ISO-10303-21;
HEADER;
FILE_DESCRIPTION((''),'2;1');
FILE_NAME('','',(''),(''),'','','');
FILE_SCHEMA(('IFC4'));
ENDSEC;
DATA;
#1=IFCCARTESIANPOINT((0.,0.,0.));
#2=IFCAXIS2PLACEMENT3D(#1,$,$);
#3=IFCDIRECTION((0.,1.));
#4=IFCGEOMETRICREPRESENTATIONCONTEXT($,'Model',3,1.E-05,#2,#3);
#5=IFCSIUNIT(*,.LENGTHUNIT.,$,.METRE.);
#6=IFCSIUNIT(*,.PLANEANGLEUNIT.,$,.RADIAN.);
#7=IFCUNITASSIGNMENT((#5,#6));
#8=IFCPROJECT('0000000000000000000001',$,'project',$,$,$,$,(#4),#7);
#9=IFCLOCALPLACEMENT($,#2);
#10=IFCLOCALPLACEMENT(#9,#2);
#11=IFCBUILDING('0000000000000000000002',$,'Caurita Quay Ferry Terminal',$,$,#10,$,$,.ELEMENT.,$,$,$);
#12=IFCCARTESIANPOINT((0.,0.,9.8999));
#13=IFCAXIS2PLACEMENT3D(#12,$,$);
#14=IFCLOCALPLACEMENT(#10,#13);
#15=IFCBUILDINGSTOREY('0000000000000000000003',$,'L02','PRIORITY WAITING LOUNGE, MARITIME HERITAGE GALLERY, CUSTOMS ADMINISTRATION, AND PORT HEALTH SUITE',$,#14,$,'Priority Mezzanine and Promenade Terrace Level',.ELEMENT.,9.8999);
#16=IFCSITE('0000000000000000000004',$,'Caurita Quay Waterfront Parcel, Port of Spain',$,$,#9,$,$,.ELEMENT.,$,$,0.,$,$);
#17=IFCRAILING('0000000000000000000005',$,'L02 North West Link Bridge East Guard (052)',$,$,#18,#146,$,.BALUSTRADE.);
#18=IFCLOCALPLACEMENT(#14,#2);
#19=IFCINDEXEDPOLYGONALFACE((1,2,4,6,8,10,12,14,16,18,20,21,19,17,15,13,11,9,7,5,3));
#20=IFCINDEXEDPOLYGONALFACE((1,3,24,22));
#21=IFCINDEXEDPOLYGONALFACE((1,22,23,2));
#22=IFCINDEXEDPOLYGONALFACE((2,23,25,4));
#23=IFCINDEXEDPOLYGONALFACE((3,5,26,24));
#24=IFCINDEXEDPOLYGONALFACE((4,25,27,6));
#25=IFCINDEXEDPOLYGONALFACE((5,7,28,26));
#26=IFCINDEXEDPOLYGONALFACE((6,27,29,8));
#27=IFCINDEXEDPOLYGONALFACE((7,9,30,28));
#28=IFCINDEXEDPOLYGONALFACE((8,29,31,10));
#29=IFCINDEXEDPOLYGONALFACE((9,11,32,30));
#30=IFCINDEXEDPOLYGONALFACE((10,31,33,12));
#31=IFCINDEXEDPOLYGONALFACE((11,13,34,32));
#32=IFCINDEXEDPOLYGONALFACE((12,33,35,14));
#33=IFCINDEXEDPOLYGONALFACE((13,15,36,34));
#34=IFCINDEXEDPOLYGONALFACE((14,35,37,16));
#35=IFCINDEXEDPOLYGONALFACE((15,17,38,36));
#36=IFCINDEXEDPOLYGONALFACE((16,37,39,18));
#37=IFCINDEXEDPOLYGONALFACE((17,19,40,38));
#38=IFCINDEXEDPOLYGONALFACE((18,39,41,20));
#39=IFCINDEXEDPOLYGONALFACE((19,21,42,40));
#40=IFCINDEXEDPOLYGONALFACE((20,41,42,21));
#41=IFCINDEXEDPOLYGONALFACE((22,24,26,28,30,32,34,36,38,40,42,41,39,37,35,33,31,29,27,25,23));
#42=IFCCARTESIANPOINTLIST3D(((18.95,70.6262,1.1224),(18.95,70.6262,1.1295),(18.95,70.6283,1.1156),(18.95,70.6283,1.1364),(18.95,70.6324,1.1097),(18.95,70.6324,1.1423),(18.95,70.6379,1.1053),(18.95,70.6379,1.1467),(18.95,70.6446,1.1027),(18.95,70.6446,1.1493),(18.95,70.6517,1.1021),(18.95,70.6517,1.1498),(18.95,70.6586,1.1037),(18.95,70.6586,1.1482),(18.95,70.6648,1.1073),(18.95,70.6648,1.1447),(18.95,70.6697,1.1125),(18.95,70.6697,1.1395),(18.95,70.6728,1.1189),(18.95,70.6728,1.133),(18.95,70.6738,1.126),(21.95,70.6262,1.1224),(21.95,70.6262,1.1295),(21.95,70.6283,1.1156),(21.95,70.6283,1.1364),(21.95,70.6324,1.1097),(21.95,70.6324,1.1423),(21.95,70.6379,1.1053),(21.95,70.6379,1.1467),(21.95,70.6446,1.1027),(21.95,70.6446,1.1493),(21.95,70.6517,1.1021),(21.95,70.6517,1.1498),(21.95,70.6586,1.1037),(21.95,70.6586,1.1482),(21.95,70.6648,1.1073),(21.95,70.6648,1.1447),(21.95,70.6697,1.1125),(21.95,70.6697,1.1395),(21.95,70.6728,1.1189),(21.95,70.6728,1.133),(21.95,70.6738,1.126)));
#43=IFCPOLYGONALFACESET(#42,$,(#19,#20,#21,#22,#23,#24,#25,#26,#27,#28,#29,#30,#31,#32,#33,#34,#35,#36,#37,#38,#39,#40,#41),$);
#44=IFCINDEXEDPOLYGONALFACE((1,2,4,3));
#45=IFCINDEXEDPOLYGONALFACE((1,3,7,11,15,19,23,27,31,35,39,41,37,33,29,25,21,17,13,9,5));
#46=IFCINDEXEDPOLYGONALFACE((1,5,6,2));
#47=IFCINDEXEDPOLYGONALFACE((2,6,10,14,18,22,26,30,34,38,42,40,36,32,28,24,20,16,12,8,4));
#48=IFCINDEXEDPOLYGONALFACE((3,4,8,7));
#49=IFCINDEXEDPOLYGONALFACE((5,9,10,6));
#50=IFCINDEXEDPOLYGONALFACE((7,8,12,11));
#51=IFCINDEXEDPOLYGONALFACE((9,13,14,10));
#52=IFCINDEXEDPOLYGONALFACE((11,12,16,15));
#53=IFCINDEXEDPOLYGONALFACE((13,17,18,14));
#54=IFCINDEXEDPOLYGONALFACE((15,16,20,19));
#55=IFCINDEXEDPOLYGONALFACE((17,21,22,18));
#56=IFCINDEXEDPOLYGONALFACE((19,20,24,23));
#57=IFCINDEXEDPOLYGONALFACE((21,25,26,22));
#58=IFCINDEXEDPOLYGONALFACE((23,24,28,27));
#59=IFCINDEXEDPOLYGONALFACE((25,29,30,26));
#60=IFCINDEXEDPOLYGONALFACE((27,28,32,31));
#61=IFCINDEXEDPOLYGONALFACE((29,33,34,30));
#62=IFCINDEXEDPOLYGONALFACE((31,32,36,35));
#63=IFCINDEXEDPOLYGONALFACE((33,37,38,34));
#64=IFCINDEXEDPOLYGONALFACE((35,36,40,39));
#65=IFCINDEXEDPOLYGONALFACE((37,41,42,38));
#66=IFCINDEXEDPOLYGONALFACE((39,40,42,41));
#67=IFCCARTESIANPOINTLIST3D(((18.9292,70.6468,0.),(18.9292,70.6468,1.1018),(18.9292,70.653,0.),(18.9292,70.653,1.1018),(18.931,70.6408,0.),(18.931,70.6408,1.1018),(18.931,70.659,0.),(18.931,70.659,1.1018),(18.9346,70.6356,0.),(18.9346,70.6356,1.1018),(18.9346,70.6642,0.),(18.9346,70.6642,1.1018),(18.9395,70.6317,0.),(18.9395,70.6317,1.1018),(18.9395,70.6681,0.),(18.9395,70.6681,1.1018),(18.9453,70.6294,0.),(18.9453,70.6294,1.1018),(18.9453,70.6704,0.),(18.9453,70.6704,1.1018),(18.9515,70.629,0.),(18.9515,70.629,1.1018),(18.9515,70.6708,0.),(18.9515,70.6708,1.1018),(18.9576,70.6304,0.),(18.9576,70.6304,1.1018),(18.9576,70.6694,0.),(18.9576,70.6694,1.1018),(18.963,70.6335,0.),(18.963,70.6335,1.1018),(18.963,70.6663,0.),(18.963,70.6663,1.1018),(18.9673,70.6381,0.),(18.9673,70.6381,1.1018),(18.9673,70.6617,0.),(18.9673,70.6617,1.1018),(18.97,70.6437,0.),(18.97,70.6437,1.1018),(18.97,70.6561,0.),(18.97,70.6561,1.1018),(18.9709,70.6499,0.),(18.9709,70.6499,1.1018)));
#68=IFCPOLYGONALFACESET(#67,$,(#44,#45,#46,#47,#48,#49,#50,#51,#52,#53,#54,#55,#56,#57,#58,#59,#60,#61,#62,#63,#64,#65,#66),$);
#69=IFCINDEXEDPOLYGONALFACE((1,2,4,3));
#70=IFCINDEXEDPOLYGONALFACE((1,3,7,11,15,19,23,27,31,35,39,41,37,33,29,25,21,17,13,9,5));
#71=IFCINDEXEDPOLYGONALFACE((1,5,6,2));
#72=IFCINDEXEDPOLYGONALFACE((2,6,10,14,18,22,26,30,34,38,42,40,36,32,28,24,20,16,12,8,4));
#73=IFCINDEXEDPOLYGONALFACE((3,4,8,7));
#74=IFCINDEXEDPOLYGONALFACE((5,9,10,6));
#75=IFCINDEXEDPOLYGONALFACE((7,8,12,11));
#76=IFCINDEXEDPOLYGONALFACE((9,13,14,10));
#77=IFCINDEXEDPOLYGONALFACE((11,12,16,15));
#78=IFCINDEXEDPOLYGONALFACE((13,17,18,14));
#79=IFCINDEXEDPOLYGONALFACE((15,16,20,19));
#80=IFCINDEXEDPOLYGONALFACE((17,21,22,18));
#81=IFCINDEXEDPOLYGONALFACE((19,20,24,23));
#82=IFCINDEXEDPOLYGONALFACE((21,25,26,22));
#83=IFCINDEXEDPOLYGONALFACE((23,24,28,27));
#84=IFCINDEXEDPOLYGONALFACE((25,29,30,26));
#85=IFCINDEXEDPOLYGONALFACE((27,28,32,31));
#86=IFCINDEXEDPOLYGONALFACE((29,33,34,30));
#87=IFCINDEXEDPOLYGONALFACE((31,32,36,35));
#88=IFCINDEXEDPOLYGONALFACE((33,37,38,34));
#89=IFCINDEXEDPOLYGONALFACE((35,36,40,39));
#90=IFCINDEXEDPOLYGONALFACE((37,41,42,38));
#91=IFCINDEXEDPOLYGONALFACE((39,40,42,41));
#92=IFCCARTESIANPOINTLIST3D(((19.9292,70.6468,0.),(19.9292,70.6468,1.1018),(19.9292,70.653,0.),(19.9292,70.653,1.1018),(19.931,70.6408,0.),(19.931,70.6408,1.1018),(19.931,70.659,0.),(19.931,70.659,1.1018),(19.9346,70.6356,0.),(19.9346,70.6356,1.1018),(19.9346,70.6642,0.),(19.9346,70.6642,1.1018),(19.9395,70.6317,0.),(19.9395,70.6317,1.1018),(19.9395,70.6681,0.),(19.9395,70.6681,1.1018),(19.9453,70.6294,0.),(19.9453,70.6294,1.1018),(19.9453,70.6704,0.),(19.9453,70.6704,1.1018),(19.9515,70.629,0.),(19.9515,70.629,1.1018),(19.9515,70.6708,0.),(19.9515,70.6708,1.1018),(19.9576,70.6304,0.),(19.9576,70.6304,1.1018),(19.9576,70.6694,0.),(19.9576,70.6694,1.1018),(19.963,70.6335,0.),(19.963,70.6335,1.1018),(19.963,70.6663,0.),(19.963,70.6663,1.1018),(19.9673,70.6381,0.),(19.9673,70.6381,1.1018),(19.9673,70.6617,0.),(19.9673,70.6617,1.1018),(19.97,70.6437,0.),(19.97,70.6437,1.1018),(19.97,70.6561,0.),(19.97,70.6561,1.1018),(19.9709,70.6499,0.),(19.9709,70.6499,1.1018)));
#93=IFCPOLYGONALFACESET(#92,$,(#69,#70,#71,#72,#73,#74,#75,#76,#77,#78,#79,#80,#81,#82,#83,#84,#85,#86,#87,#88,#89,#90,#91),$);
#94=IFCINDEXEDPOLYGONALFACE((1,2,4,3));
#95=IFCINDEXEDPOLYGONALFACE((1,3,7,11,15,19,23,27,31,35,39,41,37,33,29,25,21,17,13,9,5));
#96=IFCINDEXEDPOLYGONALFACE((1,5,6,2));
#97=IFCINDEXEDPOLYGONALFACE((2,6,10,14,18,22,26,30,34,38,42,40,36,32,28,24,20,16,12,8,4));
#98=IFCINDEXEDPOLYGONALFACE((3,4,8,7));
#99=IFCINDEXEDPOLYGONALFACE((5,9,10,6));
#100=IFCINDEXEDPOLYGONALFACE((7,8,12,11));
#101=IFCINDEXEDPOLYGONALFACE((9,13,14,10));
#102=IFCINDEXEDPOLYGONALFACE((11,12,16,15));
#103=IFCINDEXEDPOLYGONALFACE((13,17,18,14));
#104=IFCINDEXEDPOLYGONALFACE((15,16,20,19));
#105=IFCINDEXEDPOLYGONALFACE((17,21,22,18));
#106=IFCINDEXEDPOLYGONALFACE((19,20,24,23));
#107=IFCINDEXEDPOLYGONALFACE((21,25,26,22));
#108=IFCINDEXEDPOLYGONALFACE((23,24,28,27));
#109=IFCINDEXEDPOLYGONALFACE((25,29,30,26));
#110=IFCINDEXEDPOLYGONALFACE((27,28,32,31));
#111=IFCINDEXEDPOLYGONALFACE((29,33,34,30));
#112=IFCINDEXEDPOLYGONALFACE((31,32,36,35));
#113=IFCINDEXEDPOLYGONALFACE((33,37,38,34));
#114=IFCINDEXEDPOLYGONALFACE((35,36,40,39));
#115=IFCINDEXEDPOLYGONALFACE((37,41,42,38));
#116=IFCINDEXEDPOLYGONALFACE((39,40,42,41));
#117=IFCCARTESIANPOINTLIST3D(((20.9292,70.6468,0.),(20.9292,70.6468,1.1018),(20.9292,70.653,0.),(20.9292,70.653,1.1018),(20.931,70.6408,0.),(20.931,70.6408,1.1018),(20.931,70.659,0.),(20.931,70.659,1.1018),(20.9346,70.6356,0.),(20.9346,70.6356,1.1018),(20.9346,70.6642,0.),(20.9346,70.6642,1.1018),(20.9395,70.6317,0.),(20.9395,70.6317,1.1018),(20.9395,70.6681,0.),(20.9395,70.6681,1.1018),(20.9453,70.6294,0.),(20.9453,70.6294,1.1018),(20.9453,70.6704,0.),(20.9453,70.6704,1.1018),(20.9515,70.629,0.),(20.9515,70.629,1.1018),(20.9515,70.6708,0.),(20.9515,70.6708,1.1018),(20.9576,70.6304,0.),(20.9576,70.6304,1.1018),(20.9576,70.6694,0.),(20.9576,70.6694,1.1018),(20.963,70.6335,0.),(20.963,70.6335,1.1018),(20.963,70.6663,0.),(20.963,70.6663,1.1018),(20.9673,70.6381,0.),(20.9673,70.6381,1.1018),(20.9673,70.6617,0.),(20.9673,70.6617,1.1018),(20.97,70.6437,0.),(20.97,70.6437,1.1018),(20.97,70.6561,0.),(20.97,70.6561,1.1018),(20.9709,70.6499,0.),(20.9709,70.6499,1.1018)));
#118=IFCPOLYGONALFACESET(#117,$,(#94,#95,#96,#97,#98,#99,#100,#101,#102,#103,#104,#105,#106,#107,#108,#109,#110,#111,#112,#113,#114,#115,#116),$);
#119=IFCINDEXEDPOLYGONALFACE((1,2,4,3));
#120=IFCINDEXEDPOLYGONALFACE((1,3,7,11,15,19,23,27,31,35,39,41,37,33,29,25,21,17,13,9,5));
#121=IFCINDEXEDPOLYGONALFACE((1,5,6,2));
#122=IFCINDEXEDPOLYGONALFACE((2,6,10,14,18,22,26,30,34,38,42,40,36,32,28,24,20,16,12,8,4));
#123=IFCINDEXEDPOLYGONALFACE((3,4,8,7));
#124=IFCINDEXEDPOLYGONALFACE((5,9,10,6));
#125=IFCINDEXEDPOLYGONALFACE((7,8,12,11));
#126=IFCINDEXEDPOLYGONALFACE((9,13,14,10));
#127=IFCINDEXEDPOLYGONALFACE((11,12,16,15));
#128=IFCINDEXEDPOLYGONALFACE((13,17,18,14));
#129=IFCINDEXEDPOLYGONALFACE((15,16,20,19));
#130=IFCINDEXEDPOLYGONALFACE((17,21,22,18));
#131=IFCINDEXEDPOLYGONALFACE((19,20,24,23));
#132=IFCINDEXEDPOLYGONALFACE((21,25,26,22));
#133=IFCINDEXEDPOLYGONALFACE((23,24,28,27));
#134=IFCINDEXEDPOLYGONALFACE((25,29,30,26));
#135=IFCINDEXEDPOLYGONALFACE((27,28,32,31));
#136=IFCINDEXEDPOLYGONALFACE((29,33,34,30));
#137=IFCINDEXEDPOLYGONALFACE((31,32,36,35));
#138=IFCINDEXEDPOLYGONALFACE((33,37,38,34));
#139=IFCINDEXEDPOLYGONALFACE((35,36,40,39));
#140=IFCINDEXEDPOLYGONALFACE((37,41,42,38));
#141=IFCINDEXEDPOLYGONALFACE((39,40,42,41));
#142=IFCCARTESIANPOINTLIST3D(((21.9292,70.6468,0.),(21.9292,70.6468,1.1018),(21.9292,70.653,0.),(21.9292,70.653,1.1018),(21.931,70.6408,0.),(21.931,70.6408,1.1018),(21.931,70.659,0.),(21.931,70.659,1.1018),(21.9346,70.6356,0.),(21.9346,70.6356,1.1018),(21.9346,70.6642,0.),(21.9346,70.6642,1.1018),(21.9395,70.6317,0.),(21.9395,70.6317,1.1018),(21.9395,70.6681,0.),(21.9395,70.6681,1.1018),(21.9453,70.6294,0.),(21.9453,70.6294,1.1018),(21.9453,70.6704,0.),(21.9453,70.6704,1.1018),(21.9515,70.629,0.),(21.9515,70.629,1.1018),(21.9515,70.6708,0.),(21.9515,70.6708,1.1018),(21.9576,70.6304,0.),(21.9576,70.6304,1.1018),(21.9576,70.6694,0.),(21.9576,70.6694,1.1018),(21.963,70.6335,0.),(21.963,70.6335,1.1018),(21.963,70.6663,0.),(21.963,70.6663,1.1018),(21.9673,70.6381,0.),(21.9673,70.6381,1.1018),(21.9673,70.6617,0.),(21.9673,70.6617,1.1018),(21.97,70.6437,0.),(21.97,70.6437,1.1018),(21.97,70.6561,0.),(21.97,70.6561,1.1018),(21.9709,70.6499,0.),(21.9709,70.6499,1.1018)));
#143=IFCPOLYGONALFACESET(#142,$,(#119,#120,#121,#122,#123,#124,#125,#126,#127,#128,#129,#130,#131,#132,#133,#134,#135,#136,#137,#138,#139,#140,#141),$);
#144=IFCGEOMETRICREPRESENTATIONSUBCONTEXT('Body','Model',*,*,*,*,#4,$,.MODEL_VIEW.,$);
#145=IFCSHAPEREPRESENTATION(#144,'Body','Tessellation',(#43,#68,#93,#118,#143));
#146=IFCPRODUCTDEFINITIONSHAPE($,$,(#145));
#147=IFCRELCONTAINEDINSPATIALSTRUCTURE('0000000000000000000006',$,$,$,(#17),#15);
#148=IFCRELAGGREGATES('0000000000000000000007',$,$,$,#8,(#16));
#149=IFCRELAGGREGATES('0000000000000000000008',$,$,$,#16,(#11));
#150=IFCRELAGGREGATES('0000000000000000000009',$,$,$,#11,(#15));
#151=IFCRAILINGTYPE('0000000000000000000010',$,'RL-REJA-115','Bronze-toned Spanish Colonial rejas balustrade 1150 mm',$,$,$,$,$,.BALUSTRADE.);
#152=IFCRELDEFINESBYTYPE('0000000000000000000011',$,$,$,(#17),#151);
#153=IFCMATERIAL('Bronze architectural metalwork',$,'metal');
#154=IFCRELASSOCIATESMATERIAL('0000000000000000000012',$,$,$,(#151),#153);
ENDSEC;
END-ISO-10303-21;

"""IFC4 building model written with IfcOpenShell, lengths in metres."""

from ifc_helpers import new_model, si_unit, direction, frame, origin, origin_2d, place, context, subcontext, project, spatial, circle, extrude, material, type_object, element, save


model = new_model("IFC4")

# Units and contexts
model_context = context("Model", 3, precision=1e-05, world=origin(), true_north=direction((0.0, 1.0)))
body_context = subcontext(model_context, "Body", "Model", "MODEL_VIEW")
ifc_project = project(units=[si_unit("LENGTHUNIT", "METRE"), si_unit("PLANEANGLEUNIT", "RADIAN")], contexts=[model_context])

# Site, building, storey
site_placement = place(None, origin())
site = spatial("IfcSite", under=ifc_project, at=site_placement, Name="Caurita Quay Waterfront Parcel, Port of Spain", CompositionType="ELEMENT", RefElevation=0.0)
building_placement = place(site_placement, origin())
building = spatial("IfcBuilding", under=site, at=building_placement, Name="Caurita Quay Ferry Terminal", CompositionType="ELEMENT")
storey_placement = place(building_placement, frame((0.0, 0.0, 9.8999)))
storey = spatial("IfcBuildingStorey", under=building, at=storey_placement, Name="L02", Description="PRIORITY WAITING LOUNGE, MARITIME HERITAGE GALLERY, CUSTOMS ADMINISTRATION, AND PORT HEALTH SUITE", LongName="Priority Mezzanine and Promenade Terrace Level", CompositionType="ELEMENT", Elevation=9.8999)

# Shared definitions
ifc_material_1 = material(Name="Bronze architectural metalwork", Category="metal")

# Railing
railing_type = type_object("IfcRailingType", Name="RL-REJA-115", Description="Bronze-toned Spanish Colonial rejas balustrade 1150 mm", PredefinedType="BALUSTRADE", material=ifc_material_1)
railing_1_placement = place(storey_placement, frame((18.95, 70.6499, 0.0)))
element("IfcRailing", 1, at=railing_1_placement, inside=storey, type_object=railing_type, Name="L02 North West Link Bridge East Guard (052)", PredefinedType="BALUSTRADE", context=body_context, shape_type="SweptSolid", body=[
    extrude(circle(Radius=0.0239, at=origin_2d()), frame((0.0, 0.0, 1.126), z_axis=(1.0, 0.0, 0.0), x_axis=(0.0, 1.0, 0.0)), (0.0, 0.0, 1.0), 3.0),
    extrude(circle(Radius=0.021, at=origin_2d()), origin(), (0.0, 0.0, 1.0), 1.1018),
    extrude(circle(Radius=0.021, at=origin_2d()), frame((1.0, 0.0, 0.0)), (0.0, 0.0, 1.0), 1.1018),
    extrude(circle(Radius=0.021, at=origin_2d()), frame((2.0, 0.0, 0.0)), (0.0, 0.0, 1.0), 1.1018),
    extrude(circle(Radius=0.021, at=origin_2d()), frame((3.0, 0.0, 0.0)), (0.0, 0.0, 1.0), 1.1018),
])

save(model, "model.ifc")
